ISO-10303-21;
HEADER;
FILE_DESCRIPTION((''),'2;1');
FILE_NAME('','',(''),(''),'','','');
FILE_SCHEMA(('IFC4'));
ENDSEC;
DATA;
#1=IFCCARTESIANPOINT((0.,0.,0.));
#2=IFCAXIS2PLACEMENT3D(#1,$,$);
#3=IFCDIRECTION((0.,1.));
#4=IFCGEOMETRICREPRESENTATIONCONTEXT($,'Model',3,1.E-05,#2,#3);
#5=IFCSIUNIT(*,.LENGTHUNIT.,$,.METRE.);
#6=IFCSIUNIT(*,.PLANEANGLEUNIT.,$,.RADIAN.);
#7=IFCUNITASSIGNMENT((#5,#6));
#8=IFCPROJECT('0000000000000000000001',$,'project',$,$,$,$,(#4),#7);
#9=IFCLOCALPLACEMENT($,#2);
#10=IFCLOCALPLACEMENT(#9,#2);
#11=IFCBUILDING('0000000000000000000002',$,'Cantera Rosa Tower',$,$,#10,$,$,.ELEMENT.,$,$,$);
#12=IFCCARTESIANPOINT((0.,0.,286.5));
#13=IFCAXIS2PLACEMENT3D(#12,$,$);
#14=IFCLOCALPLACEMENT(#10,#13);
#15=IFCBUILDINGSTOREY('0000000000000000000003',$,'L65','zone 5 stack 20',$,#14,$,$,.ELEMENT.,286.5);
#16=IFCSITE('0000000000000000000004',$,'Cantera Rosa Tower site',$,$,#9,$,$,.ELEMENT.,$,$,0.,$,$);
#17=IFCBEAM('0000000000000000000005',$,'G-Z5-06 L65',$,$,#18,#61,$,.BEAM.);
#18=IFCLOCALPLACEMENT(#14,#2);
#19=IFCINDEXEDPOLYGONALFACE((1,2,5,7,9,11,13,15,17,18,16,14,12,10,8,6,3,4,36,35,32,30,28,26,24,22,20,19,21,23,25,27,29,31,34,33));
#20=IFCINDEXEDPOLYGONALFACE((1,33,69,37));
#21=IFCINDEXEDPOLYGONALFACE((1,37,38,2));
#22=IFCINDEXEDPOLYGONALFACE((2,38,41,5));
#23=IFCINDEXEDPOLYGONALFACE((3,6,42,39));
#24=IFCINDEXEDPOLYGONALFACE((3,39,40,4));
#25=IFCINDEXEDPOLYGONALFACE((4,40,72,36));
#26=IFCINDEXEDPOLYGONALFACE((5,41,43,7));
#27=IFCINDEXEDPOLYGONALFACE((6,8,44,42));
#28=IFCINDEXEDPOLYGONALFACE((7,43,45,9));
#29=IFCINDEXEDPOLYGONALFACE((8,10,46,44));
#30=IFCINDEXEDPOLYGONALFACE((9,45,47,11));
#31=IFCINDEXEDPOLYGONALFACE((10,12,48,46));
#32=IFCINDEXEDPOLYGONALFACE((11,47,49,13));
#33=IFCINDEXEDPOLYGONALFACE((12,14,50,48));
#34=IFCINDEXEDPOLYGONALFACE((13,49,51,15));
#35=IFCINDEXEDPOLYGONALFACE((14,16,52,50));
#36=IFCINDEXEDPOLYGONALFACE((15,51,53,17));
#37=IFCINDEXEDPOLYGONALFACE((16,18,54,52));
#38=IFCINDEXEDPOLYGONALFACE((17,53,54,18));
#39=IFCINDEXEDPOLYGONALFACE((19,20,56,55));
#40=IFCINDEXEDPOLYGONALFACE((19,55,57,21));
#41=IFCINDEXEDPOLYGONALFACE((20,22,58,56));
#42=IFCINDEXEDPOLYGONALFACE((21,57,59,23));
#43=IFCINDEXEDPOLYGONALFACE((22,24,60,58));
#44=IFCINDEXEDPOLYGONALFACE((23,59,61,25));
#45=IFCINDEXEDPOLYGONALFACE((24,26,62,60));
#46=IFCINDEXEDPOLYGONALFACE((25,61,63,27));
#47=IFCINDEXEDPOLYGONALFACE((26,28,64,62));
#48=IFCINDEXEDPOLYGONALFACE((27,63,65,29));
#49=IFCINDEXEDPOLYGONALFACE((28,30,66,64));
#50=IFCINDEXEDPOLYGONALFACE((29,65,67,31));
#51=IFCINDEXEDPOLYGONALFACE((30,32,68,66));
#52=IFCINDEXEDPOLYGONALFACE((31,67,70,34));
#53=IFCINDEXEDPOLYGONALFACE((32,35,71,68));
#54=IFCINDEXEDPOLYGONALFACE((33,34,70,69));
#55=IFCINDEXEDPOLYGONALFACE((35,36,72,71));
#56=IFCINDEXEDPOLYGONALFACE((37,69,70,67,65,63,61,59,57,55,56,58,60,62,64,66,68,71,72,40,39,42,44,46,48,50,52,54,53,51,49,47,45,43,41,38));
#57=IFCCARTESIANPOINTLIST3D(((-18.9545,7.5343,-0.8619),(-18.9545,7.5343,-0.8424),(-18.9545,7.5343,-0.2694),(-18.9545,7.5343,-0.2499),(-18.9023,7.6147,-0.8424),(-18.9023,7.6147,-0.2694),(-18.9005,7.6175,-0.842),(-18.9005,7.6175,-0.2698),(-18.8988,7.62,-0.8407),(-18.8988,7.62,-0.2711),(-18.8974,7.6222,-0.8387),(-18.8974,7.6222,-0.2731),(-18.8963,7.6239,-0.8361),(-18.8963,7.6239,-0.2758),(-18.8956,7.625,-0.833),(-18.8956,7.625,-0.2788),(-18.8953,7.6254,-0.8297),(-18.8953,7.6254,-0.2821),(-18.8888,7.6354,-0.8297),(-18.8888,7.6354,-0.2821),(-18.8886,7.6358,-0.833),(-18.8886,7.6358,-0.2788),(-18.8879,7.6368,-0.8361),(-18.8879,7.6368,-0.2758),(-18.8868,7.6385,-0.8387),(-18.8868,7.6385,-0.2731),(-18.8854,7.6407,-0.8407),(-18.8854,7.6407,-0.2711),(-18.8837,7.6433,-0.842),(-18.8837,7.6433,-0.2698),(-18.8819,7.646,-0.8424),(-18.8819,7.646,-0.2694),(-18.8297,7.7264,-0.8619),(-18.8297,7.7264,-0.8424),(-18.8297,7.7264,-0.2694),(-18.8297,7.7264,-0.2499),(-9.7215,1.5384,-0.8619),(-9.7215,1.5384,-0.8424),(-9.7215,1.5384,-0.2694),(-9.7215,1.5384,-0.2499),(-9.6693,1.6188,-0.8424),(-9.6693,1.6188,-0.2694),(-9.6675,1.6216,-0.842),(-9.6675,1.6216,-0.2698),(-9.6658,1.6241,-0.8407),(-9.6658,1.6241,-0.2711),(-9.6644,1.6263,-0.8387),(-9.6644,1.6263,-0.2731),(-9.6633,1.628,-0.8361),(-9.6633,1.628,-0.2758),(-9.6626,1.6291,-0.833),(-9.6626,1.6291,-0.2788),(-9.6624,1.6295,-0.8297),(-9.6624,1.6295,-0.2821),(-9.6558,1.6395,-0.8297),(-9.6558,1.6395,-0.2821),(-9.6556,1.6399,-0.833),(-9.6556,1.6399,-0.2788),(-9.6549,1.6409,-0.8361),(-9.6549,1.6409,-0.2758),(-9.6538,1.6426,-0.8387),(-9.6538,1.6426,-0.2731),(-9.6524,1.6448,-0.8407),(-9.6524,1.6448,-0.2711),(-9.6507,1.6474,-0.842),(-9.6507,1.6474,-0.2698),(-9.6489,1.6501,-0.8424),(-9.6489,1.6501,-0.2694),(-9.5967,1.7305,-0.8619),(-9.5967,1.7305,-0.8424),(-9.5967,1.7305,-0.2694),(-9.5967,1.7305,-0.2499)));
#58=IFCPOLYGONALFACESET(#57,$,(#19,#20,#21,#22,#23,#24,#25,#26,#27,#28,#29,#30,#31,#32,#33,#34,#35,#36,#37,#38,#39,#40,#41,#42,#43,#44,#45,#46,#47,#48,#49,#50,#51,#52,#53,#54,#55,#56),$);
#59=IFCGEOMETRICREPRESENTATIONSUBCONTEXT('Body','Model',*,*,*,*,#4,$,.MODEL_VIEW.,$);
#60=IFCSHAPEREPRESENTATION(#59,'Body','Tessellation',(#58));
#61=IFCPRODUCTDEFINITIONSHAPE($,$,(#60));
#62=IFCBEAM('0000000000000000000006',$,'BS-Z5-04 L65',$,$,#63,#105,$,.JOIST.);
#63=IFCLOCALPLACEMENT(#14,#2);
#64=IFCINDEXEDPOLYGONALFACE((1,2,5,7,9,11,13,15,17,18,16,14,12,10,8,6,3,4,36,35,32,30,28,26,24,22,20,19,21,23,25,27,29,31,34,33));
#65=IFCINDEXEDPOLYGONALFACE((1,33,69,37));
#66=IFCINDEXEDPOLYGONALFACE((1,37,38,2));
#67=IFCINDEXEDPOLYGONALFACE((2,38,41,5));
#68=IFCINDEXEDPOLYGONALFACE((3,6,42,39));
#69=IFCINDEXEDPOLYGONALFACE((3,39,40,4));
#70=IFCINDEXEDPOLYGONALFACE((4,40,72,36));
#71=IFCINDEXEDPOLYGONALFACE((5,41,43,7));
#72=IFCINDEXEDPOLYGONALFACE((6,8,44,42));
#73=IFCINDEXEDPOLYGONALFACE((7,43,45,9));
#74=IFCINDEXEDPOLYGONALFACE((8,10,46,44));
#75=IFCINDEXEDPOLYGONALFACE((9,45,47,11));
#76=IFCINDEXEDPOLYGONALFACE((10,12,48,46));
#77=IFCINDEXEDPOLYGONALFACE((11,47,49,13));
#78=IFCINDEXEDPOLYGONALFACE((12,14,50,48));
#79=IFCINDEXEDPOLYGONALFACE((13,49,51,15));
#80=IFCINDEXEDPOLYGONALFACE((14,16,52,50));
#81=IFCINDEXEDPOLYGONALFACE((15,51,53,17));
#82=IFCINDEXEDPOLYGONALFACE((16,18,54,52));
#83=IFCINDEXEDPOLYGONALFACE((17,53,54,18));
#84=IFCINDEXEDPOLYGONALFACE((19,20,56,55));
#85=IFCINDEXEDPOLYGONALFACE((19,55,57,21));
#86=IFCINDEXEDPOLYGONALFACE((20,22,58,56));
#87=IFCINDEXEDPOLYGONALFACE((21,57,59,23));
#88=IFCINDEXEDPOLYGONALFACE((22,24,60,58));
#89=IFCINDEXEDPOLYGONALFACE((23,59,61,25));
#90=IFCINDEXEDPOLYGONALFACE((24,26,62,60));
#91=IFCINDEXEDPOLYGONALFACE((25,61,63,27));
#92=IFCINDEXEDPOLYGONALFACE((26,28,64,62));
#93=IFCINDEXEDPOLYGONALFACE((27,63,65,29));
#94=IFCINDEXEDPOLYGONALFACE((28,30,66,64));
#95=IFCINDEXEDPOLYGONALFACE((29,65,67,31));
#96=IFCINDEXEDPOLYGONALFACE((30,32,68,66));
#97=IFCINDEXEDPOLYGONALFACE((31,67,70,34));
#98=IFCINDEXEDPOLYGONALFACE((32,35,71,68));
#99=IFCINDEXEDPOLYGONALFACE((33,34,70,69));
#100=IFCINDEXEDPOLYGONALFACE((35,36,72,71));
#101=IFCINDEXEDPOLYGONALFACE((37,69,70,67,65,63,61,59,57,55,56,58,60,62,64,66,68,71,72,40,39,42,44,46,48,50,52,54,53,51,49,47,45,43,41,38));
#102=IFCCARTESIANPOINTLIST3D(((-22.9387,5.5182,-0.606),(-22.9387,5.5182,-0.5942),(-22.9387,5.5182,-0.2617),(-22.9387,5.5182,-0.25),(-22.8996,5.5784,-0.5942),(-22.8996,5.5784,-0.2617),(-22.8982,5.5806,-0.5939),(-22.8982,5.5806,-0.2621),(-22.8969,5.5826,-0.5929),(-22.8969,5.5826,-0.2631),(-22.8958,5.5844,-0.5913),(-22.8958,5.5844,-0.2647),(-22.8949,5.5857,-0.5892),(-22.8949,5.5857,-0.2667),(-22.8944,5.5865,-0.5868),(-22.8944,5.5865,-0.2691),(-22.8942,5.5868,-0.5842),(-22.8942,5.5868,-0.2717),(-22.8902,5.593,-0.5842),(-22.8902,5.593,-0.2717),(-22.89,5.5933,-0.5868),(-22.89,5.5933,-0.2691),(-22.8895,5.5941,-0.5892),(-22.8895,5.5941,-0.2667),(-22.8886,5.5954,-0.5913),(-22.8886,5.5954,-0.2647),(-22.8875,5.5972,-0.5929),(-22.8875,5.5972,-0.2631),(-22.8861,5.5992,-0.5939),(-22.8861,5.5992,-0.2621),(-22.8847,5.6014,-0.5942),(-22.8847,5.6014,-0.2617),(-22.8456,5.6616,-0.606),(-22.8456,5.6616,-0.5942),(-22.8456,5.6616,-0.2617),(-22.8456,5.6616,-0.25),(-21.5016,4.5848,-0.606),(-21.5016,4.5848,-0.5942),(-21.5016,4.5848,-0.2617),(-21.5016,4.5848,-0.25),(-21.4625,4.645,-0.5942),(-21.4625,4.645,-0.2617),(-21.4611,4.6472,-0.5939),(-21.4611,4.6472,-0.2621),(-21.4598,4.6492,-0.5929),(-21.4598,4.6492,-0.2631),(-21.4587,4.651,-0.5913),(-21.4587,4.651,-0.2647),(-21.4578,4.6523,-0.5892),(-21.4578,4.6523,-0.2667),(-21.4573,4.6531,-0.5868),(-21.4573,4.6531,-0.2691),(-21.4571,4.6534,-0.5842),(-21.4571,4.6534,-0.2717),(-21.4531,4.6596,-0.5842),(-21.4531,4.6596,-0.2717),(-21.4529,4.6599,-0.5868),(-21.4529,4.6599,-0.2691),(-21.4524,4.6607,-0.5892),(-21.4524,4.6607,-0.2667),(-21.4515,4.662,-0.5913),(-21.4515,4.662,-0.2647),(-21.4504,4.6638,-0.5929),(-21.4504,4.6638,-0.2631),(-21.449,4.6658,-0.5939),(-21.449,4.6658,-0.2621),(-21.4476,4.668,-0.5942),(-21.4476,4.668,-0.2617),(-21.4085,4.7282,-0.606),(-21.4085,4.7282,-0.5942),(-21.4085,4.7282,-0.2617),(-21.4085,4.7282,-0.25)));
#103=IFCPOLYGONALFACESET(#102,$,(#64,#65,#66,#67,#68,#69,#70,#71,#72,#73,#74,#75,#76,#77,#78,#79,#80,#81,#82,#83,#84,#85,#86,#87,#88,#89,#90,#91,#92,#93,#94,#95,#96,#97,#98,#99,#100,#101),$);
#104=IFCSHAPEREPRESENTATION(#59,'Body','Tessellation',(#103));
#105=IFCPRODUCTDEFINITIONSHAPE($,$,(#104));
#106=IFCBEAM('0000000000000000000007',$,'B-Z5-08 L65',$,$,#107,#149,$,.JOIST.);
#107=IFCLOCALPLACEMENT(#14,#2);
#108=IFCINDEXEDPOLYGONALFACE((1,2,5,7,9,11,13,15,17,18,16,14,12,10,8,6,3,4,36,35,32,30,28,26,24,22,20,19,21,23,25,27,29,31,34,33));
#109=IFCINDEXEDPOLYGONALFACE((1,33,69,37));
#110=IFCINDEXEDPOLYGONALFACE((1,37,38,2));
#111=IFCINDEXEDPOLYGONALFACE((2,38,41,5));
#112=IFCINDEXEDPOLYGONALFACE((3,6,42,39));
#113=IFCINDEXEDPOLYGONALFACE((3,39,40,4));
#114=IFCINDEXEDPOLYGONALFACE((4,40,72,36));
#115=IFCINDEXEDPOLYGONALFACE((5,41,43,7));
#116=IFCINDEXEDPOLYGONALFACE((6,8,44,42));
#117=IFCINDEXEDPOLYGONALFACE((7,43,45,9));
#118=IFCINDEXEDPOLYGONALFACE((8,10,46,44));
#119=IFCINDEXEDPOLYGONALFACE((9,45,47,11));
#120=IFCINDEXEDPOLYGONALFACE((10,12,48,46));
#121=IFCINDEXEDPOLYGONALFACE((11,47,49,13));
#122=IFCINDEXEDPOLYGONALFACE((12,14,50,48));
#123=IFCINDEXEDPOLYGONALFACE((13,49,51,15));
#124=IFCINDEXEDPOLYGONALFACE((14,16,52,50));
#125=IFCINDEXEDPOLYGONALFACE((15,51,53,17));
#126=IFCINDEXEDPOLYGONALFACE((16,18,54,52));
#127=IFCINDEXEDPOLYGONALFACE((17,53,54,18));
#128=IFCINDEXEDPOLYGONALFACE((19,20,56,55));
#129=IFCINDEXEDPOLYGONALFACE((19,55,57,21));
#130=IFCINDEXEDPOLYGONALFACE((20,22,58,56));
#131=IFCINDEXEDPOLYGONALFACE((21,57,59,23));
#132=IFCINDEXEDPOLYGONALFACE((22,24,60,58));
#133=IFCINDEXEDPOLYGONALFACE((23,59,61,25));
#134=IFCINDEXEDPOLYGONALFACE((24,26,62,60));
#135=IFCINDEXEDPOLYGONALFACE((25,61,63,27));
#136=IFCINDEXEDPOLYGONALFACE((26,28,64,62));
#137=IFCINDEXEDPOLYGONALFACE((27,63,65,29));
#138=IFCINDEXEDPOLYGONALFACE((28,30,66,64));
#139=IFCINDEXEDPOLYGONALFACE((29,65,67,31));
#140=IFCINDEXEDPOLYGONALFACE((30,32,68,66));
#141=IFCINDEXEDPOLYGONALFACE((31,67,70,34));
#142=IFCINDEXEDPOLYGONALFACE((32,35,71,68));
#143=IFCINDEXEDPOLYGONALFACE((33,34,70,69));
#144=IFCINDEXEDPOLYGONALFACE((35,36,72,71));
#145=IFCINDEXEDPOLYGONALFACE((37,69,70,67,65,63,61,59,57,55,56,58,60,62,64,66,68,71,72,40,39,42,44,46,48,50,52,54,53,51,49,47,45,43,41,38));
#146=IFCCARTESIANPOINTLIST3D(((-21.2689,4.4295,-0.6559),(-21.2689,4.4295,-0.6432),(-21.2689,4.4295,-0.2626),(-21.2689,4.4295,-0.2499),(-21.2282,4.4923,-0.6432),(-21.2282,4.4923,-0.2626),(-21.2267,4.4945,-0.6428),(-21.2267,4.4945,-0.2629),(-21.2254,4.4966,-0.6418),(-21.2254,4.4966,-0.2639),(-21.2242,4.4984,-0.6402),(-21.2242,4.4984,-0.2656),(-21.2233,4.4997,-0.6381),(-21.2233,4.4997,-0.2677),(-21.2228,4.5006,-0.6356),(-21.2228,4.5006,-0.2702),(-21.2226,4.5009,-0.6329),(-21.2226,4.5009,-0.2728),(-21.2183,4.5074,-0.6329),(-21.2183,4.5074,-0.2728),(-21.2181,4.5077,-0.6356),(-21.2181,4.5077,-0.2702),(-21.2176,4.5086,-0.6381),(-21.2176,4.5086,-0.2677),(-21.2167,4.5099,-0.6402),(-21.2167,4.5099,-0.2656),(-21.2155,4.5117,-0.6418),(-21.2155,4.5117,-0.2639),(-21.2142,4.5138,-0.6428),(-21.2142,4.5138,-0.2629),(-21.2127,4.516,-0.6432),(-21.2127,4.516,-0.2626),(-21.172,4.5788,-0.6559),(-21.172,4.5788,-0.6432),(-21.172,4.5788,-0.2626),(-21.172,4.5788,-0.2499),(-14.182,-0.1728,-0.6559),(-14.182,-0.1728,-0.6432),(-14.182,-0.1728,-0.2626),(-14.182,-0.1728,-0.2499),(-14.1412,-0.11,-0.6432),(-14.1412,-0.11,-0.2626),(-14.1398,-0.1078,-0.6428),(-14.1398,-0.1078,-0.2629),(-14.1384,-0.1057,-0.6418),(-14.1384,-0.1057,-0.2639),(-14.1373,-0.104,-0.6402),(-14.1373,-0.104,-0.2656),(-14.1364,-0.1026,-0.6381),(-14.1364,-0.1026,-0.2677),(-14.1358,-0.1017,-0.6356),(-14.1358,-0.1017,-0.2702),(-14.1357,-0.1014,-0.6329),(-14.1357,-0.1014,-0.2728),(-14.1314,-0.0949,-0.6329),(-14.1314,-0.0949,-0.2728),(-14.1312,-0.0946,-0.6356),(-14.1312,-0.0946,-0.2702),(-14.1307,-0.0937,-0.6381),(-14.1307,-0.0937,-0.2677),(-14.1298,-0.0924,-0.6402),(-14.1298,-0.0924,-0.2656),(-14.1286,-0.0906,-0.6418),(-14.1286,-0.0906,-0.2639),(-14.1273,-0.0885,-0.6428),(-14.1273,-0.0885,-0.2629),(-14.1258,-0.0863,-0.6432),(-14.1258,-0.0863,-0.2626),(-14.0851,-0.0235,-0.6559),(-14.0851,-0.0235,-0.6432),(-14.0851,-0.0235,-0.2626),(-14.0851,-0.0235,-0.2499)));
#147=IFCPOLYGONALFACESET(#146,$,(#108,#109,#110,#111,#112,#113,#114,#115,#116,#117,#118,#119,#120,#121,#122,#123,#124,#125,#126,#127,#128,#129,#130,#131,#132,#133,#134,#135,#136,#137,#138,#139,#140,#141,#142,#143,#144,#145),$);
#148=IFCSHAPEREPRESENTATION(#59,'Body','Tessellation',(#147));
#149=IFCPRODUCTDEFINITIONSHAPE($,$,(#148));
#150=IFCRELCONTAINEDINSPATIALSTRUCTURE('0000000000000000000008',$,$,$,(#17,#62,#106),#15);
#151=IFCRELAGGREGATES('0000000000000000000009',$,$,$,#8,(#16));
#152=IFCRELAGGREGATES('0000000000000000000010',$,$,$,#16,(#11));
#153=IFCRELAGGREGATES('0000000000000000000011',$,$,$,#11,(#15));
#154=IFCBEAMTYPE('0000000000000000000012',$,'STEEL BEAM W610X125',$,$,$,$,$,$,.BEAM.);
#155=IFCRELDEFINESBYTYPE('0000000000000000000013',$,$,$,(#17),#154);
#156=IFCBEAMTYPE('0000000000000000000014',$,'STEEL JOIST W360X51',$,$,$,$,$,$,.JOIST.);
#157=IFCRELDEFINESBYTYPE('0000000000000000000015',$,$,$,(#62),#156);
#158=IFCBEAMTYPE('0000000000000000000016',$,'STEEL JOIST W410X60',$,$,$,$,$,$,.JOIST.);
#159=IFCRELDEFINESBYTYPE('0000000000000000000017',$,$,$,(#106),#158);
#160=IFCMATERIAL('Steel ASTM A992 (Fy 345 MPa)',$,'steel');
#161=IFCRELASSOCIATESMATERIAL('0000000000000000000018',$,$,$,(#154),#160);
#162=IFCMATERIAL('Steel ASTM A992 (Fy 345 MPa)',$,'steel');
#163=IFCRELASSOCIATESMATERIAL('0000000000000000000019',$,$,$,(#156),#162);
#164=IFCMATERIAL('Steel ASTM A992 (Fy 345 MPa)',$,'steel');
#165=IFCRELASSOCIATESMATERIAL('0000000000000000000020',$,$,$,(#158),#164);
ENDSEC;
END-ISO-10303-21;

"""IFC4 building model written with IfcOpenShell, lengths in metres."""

from ifc_helpers import new_model, si_unit, direction, frame, origin, origin_2d, place, context, subcontext, project, spatial, i_section, extrude, material, material_profile, profile_set, type_object, element, save


model = new_model("IFC4")

# Units and contexts
model_context = context("Model", 3, precision=1e-05, world=origin(), true_north=direction((0.0, 1.0)))
body_context = subcontext(model_context, "Body", "Model", "MODEL_VIEW")
ifc_project = project(units=[si_unit("LENGTHUNIT", "METRE"), si_unit("PLANEANGLEUNIT", "RADIAN")], contexts=[model_context])

# Site, building, storey
site_placement = place(None, origin())
site = spatial("IfcSite", under=ifc_project, at=site_placement, Name="Cantera Rosa Tower site", CompositionType="ELEMENT", RefElevation=0.0)
building_placement = place(site_placement, origin())
building = spatial("IfcBuilding", under=site, at=building_placement, Name="Cantera Rosa Tower", CompositionType="ELEMENT")
storey_placement = place(building_placement, frame((0.0, 0.0, 286.5)))
storey = spatial("IfcBuildingStorey", under=building, at=storey_placement, Name="L65", Description="zone 5 stack 20", CompositionType="ELEMENT", Elevation=286.5)

# Beams
ifc_material_1 = material(Name="Steel ASTM A992 (Fy 345 MPa)", Category="steel")
ifc_material_profile_1 = material_profile(ifc_material_1, i_section(OverallWidth=0.229, OverallDepth=0.6121, WebThickness=0.012, FlangeThickness=0.0195, FilletRadius=0.0127, at=origin_2d()), Name="W610X125")
ifc_profile_set_1 = profile_set([ifc_material_profile_1], Name="Steel ASTM A992 (Fy 345 MPa)")
beam_type_1 = type_object("IfcBeamType", Name="STEEL BEAM W610X125", PredefinedType="BEAM", material=ifc_profile_set_1)
beam_1_placement = place(storey_placement, frame((-18.8921, 7.6304, -0.5559), z_axis=(0.838674, -0.544634, 0.0), x_axis=(0.544634, 0.838674, 0.0)))
element("IfcBeam", 1, at=beam_1_placement, inside=storey, type_object=beam_type_1, Name="G-Z5-06 L65", PredefinedType="BEAM", context=body_context, shape_type="SweptSolid", body=[
    extrude(i_section(OverallWidth=0.229, OverallDepth=0.6121, WebThickness=0.012, FlangeThickness=0.0195, FilletRadius=0.0127, at=origin_2d()), origin(), (0.0, 0.0, 1.0), 11.009),
])
ifc_material_2 = material(Name="Steel ASTM A992 (Fy 345 MPa)", Category="steel")
ifc_material_profile_2 = material_profile(ifc_material_2, i_section(OverallWidth=0.1709, OverallDepth=0.356, WebThickness=0.0073, FlangeThickness=0.0117, FilletRadius=0.01, at=origin_2d()), Name="W360X51")
ifc_profile_set_2 = profile_set([ifc_material_profile_2], Name="Steel ASTM A992 (Fy 345 MPa)")
beam_type_2 = type_object("IfcBeamType", Name="STEEL JOIST W360X51", PredefinedType="JOIST", material=ifc_profile_set_2)
beam_2_placement = place(storey_placement, frame((-21.4551, 4.6565, -0.428), z_axis=(-0.838632, 0.544698, 0.0), x_axis=(-0.544698, -0.838632, 0.0)))
element("IfcBeam", 2, at=beam_2_placement, inside=storey, type_object=beam_type_2, Name="BS-Z5-04 L65", PredefinedType="JOIST", context=body_context, shape_type="SweptSolid", body=[
    extrude(i_section(OverallWidth=0.1709, OverallDepth=0.356, WebThickness=0.0073, FlangeThickness=0.0117, FilletRadius=0.01, at=origin_2d()), origin(), (0.0, 0.0, 1.0), 1.7136),
])
ifc_material_3 = material(Name="Steel ASTM A992 (Fy 345 MPa)", Category="steel")
ifc_material_profile_3 = material_profile(ifc_material_3, i_section(OverallWidth=0.178, OverallDepth=0.406, WebThickness=0.0078, FlangeThickness=0.0127, FilletRadius=0.0103, at=origin_2d()), Name="W410X60")
ifc_profile_set_3 = profile_set([ifc_material_profile_3], Name="Steel ASTM A992 (Fy 345 MPa)")
beam_type_3 = type_object("IfcBeamType", Name="STEEL JOIST W410X60", PredefinedType="JOIST", material=ifc_profile_set_3)
beam_3_placement = place(storey_placement, frame((-21.2205, 4.5042, -0.4529), z_axis=(0.838671, -0.544639, 0.0), x_axis=(0.544639, 0.838671, 0.0)))
element("IfcBeam", 3, at=beam_3_placement, inside=storey, type_object=beam_type_3, Name="B-Z5-08 L65", PredefinedType="JOIST", context=body_context, shape_type="SweptSolid", body=[
    extrude(i_section(OverallWidth=0.178, OverallDepth=0.406, WebThickness=0.0078, FlangeThickness=0.0127, FilletRadius=0.0103, at=origin_2d()), origin(), (0.0, 0.0, 1.0), 8.4502),
])

save(model, "model.ifc")
